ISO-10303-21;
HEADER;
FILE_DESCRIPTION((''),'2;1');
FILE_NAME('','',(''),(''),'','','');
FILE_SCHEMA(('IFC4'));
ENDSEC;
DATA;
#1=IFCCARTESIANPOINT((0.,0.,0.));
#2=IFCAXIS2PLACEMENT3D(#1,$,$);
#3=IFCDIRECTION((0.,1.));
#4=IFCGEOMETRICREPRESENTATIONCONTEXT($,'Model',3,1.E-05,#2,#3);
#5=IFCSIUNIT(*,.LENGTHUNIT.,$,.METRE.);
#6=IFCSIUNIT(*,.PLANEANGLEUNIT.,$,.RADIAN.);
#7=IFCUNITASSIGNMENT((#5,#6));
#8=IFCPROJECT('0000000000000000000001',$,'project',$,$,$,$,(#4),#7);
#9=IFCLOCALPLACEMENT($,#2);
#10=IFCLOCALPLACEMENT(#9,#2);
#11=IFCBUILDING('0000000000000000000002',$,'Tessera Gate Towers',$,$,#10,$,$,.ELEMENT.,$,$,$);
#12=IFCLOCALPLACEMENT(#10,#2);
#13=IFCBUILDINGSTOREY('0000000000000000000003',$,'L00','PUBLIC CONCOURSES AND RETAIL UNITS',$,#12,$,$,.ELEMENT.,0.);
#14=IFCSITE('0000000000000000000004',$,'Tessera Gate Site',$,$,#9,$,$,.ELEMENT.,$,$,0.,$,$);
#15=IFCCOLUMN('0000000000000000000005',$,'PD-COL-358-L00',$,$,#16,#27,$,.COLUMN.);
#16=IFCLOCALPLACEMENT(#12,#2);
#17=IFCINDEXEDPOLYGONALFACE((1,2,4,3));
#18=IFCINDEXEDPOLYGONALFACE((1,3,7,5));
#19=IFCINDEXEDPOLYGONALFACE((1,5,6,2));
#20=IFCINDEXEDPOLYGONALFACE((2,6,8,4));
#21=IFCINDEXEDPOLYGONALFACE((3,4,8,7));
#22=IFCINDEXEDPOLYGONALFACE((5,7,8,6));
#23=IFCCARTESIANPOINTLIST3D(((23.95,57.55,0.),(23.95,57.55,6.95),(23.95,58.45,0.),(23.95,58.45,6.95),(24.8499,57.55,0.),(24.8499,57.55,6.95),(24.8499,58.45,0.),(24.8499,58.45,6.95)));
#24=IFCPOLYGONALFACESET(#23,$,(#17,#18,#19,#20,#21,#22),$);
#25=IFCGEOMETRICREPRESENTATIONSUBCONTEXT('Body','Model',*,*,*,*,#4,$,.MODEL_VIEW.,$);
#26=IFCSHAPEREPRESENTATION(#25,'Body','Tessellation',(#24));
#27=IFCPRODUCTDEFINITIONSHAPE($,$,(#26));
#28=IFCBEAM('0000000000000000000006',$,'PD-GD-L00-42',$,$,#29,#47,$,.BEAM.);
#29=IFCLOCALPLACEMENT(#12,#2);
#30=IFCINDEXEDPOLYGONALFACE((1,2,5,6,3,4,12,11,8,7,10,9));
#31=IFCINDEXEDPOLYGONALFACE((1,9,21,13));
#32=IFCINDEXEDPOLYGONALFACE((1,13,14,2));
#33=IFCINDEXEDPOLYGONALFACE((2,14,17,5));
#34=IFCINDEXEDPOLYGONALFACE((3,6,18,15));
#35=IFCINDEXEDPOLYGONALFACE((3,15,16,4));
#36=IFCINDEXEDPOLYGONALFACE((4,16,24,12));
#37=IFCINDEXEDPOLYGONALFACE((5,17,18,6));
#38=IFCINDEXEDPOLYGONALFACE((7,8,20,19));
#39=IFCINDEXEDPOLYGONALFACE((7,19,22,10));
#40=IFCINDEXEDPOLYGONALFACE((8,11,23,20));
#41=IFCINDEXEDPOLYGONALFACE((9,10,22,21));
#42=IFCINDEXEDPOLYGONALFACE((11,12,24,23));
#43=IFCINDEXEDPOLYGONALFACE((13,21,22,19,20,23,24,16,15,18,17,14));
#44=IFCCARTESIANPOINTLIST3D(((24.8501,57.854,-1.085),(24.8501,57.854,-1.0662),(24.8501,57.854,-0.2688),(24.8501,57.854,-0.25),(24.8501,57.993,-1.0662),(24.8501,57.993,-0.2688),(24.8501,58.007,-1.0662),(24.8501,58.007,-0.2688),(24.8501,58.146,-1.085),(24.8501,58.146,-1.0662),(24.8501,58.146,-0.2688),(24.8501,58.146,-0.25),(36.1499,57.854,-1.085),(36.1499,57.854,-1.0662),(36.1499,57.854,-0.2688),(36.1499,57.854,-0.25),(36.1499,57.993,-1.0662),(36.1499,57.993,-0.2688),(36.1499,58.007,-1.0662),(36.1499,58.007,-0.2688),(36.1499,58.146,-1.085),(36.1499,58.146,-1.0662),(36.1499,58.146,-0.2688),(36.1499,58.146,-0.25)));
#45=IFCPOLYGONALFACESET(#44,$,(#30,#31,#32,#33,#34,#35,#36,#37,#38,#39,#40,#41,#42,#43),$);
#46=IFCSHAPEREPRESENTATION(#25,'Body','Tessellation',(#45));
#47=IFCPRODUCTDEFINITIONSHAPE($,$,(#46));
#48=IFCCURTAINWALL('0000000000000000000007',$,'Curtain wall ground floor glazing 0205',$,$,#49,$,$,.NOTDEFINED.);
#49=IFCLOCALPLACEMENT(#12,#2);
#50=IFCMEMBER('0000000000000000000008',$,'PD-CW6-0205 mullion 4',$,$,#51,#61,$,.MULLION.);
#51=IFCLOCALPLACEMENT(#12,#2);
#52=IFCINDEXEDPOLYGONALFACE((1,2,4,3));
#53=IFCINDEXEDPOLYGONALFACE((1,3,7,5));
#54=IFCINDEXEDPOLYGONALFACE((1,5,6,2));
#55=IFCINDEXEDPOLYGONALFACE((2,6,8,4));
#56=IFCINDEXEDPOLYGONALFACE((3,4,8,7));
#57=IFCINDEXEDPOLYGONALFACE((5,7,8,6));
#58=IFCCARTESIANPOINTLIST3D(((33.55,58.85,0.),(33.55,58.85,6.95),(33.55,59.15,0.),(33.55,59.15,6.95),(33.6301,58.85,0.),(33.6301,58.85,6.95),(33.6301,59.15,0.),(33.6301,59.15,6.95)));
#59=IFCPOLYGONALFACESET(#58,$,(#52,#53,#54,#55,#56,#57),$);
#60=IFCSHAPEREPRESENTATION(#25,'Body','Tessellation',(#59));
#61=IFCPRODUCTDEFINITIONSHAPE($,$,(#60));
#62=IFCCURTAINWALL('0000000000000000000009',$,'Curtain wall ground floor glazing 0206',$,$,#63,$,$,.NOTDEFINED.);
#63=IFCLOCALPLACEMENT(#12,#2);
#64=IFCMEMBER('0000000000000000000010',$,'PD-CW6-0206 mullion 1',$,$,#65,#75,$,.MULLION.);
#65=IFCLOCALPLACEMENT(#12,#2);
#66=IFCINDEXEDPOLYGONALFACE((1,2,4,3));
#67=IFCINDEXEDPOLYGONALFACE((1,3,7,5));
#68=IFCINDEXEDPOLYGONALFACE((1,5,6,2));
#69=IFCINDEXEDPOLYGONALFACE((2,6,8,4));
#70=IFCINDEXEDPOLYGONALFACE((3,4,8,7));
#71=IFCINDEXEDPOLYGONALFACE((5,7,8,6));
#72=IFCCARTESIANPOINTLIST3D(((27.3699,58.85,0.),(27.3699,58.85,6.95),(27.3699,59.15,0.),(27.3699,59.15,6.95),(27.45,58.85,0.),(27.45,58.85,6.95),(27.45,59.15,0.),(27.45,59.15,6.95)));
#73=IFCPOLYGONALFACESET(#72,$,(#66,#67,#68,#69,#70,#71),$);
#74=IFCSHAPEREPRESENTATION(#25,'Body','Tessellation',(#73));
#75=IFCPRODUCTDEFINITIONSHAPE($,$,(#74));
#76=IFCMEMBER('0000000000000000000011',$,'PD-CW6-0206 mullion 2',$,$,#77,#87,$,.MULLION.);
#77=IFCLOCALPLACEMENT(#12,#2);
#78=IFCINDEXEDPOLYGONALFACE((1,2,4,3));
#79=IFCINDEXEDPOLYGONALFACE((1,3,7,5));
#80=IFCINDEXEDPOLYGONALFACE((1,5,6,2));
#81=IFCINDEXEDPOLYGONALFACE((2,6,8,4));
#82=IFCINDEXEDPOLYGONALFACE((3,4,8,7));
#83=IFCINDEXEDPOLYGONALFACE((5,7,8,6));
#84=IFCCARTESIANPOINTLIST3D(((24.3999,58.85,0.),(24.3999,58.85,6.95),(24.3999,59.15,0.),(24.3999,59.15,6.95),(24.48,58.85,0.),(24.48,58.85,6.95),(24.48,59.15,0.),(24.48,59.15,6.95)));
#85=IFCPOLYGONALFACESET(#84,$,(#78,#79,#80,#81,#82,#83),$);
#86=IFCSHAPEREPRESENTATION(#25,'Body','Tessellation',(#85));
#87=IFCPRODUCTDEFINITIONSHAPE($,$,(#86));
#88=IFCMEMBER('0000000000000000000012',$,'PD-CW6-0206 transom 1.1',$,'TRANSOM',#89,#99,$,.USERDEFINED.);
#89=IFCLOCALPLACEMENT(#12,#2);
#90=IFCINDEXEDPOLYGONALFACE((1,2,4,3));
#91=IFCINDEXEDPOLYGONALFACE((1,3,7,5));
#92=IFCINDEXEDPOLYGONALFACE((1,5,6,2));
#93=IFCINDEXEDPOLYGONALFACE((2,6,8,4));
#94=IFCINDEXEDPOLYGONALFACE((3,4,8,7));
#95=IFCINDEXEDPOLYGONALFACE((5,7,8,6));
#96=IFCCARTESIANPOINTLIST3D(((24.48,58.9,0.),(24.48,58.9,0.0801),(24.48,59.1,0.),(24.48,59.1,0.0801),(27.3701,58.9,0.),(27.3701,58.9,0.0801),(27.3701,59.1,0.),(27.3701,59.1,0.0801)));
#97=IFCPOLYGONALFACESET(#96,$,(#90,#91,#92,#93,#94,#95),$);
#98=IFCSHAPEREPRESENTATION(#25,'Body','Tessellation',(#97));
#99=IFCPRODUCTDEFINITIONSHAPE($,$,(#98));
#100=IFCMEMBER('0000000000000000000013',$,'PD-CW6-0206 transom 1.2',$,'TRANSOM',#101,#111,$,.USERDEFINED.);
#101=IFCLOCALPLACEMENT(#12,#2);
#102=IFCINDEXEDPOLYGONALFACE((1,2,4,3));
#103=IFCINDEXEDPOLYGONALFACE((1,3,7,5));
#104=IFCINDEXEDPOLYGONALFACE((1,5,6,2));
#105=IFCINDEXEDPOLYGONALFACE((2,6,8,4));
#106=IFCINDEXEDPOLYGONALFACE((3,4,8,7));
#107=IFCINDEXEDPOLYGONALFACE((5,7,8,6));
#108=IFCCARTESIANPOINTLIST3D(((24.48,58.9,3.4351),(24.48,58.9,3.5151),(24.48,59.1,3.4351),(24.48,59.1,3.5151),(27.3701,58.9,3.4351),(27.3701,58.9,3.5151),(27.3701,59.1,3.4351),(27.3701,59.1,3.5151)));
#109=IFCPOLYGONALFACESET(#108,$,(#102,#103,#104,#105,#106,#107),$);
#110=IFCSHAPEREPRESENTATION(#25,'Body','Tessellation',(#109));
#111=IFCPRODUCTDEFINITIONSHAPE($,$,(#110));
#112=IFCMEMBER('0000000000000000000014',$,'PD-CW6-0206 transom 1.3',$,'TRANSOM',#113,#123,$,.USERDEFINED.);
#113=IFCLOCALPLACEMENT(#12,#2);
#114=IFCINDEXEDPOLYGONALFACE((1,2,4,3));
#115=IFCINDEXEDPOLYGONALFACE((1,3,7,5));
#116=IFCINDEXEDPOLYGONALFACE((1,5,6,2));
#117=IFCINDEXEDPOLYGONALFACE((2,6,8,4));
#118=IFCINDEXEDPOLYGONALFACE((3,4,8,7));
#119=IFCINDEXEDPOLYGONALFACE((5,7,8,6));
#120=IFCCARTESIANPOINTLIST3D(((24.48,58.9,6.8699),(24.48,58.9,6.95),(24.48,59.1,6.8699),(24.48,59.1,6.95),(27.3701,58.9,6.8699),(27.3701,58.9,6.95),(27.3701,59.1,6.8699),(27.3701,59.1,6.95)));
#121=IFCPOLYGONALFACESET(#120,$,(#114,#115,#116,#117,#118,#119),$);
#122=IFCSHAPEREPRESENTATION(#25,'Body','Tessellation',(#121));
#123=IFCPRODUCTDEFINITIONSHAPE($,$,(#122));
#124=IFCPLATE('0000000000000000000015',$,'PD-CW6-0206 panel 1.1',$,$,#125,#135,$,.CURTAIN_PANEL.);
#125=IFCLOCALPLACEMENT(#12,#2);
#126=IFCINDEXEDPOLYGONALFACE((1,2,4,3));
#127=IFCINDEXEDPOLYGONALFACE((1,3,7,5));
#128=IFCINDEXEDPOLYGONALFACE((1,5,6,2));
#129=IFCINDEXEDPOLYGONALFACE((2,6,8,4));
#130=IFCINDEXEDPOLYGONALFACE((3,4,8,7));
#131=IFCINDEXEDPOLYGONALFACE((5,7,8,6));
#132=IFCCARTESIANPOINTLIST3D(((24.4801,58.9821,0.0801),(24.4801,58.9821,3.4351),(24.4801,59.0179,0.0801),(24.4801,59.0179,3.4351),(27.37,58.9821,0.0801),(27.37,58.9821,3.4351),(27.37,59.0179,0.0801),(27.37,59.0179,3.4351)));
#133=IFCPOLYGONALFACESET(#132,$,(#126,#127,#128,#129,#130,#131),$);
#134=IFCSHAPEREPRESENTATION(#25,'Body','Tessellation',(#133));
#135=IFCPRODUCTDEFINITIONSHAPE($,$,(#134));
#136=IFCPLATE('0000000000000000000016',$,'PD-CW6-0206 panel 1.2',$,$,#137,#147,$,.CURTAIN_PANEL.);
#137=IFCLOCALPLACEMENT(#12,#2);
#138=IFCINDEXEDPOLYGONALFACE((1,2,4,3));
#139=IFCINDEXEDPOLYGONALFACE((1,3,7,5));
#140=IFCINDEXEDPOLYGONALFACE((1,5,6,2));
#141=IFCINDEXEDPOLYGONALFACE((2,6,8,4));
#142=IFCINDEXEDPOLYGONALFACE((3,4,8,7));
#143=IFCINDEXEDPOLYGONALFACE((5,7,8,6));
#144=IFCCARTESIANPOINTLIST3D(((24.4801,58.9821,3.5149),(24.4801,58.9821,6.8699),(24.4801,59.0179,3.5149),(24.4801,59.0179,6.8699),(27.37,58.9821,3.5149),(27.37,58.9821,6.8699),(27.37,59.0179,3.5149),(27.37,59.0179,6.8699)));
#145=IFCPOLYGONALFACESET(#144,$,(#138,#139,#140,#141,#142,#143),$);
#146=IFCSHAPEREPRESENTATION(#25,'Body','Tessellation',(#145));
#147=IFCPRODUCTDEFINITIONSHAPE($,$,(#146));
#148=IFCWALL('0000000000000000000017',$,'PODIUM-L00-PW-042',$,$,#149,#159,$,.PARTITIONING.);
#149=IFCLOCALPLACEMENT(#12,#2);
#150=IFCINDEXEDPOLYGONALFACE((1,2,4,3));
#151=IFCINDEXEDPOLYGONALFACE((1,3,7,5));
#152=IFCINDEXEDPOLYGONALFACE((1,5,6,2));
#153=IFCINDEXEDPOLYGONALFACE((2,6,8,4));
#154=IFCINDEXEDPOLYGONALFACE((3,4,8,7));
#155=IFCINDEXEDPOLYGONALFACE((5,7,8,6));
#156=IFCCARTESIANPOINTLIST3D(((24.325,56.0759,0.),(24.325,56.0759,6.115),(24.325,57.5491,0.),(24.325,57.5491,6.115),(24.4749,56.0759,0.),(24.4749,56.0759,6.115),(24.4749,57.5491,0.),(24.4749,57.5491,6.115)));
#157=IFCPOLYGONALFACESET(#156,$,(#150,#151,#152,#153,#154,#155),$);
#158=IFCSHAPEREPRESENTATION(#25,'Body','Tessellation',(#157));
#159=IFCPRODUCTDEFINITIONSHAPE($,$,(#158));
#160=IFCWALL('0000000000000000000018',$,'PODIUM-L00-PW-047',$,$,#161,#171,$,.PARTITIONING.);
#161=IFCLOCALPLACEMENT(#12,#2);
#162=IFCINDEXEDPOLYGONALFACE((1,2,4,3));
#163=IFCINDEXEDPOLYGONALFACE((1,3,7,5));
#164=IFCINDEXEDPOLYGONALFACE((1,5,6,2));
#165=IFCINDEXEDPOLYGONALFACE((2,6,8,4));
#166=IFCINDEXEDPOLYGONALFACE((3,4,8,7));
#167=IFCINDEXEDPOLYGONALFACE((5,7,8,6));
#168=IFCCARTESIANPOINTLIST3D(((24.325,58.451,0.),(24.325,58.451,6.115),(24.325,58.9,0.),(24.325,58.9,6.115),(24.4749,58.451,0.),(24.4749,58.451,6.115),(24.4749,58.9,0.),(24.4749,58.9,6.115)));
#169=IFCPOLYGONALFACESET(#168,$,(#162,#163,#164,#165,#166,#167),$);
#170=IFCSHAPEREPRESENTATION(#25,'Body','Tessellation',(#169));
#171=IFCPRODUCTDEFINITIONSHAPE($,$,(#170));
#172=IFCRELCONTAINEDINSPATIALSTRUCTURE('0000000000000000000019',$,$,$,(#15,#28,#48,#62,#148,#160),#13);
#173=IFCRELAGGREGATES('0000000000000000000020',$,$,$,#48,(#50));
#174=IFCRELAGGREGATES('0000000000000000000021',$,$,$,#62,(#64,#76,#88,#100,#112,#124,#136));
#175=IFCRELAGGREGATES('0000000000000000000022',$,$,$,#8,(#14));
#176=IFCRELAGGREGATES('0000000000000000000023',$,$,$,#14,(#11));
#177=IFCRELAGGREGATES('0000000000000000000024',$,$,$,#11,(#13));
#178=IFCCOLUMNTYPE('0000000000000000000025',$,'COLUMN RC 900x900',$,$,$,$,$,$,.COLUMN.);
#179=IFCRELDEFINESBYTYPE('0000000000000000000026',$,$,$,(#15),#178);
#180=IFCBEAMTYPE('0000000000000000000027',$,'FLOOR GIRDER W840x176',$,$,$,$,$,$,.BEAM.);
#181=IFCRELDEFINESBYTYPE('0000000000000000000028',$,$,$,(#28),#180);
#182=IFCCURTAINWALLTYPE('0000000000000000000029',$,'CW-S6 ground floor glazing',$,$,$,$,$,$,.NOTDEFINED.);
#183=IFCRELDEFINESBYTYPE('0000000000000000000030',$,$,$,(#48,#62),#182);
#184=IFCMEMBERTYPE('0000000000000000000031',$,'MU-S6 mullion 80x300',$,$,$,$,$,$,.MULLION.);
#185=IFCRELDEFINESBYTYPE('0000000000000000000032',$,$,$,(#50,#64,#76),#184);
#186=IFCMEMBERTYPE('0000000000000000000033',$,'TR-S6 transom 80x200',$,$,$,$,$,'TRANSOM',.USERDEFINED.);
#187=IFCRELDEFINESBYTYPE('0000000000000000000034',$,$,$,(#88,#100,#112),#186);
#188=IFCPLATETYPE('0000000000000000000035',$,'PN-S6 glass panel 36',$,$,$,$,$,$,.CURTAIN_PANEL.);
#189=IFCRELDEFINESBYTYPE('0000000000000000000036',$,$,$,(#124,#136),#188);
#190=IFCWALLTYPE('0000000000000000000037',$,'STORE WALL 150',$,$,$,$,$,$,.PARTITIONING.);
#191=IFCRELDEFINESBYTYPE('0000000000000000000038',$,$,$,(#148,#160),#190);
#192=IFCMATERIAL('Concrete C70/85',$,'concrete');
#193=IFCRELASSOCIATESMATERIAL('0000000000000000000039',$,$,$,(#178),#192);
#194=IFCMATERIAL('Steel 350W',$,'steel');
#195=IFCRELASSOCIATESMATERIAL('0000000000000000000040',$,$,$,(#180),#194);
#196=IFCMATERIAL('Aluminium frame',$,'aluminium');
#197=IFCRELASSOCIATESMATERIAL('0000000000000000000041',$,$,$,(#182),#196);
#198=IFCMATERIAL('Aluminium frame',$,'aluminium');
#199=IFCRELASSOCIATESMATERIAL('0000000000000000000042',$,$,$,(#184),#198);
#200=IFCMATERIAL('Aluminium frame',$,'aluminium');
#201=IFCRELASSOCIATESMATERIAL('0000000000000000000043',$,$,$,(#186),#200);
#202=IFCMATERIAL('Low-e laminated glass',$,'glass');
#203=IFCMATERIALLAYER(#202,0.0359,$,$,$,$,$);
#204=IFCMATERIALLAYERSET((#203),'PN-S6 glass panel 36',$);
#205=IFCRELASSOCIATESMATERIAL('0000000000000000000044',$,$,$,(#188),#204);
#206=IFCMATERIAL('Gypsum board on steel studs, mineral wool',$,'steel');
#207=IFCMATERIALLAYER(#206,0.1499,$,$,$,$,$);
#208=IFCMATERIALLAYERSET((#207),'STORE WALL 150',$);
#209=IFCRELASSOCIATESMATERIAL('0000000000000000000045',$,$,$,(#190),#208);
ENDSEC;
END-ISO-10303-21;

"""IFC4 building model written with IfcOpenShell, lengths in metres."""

from ifc_helpers import new_model, si_unit, direction, frame, frame_2d, origin, origin_2d, place, context, subcontext, project, spatial, rectangle, i_section, extrude, material, layer, layer_set, material_profile, profile_set, type_object, element, aggregate, save


model = new_model("IFC4")

# Units and contexts
model_context = context("Model", 3, precision=1e-05, world=origin(), true_north=direction((0.0, 1.0)))
body_context = subcontext(model_context, "Body", "Model", "MODEL_VIEW")
ifc_project = project(units=[si_unit("LENGTHUNIT", "METRE"), si_unit("PLANEANGLEUNIT", "RADIAN")], contexts=[model_context])

# Site, building, storey
site_placement = place(None, origin())
site = spatial("IfcSite", under=ifc_project, at=site_placement, Name="Tessera Gate Site", CompositionType="ELEMENT", RefElevation=0.0)
building_placement = place(site_placement, origin())
building = spatial("IfcBuilding", under=site, at=building_placement, Name="Tessera Gate Towers", CompositionType="ELEMENT")
storey_placement = place(building_placement, origin())
storey = spatial("IfcBuildingStorey", under=building, at=storey_placement, Name="L00", Description="PUBLIC CONCOURSES AND RETAIL UNITS", CompositionType="ELEMENT", Elevation=0.0)

# Column
ifc_material_1 = material(Name="Concrete C70/85", Category="concrete")
ifc_material_profile_1 = material_profile(ifc_material_1, rectangle(XDim=0.8999, YDim=0.8999, at=origin_2d()), Name="RC 900x900")
ifc_profile_set_1 = profile_set([ifc_material_profile_1], Name="Concrete C70/85")
column_type = type_object("IfcColumnType", Name="COLUMN RC 900x900", PredefinedType="COLUMN", material=ifc_profile_set_1)
column_placement = place(storey_placement, frame((24.3999, 58.0, 0.0), z_axis=(0.0, 0.0, 1.0), x_axis=(1.0, 0.0, 0.0)))
element("IfcColumn", 1, at=column_placement, inside=storey, type_object=column_type, Name="PD-COL-358-L00", PredefinedType="COLUMN", context=body_context, shape_type="SweptSolid", body=[
    extrude(rectangle(XDim=0.8999, YDim=0.8999, at=origin_2d()), origin(), (0.0, 0.0, 1.0), 6.95),
])

# Beam
ifc_material_2 = material(Name="Steel 350W", Category="steel")
ifc_material_profile_2 = material_profile(ifc_material_2, i_section(OverallWidth=0.292, OverallDepth=0.835, WebThickness=0.0139, FlangeThickness=0.0188, at=origin_2d()), Name="W840x176")
ifc_profile_set_2 = profile_set([ifc_material_profile_2], Name="Steel 350W")
beam_type = type_object("IfcBeamType", Name="FLOOR GIRDER W840x176", PredefinedType="BEAM", material=ifc_profile_set_2)
beam_placement = place(storey_placement, frame((24.8501, 58.0, -0.6675), z_axis=(1.0, 0.0, 0.0), x_axis=(0.0, 1.0, 0.0)))
element("IfcBeam", 2, at=beam_placement, inside=storey, type_object=beam_type, Name="PD-GD-L00-42", PredefinedType="BEAM", context=body_context, shape_type="SweptSolid", body=[
    extrude(i_section(OverallWidth=0.292, OverallDepth=0.835, WebThickness=0.0139, FlangeThickness=0.0188, at=origin_2d()), origin(), (0.0, 0.0, 1.0), 11.2998),
])

# Curtain wall, member
ifc_material_3 = material(Name="Aluminium frame", Category="aluminium")
curtain_wall_type = type_object("IfcCurtainWallType", Name="CW-S6 ground floor glazing", PredefinedType="NOTDEFINED", material=ifc_material_3)
curtain_wall_1_placement = place(storey_placement, origin())
curtain_wall_1 = element("IfcCurtainWall", 3, at=curtain_wall_1_placement, inside=storey, type_object=curtain_wall_type, Name="Curtain wall ground floor glazing 0205", PredefinedType="NOTDEFINED")
ifc_material_4 = material(Name="Aluminium frame", Category="aluminium")
ifc_material_profile_3 = material_profile(ifc_material_4, rectangle(XDim=0.0801, YDim=0.3, at=origin_2d()), Name="AL 80x300")
ifc_profile_set_3 = profile_set([ifc_material_profile_3], Name="Aluminium frame")
member_type_1 = type_object("IfcMemberType", Name="MU-S6 mullion 80x300", PredefinedType="MULLION", material=ifc_profile_set_3)
member_1_placement = place(storey_placement, frame((33.5901, 59.0, 0.0), z_axis=(0.0, 0.0, 1.0), x_axis=(-1.0, 0.0, 0.0)))
member_1 = element("IfcMember", 4, at=member_1_placement, type_object=member_type_1, Name="PD-CW6-0205 mullion 4", PredefinedType="MULLION", context=body_context, shape_type="SweptSolid", body=[
    extrude(rectangle(XDim=0.0801, YDim=0.3, at=origin_2d()), origin(), (0.0, 0.0, 1.0), 6.95),
])
aggregate(curtain_wall_1, [member_1])

# Curtain wall, members, plates
curtain_wall_2_placement = place(storey_placement, origin())
curtain_wall_2 = element("IfcCurtainWall", 5, at=curtain_wall_2_placement, inside=storey, type_object=curtain_wall_type, Name="Curtain wall ground floor glazing 0206", PredefinedType="NOTDEFINED")
member_2_placement = place(storey_placement, frame((27.4099, 59.0, 0.0), z_axis=(0.0, 0.0, 1.0), x_axis=(-1.0, 0.0, 0.0)))
member_2 = element("IfcMember", 6, at=member_2_placement, type_object=member_type_1, Name="PD-CW6-0206 mullion 1", PredefinedType="MULLION", context=body_context, shape_type="SweptSolid", body=[
    extrude(rectangle(XDim=0.0801, YDim=0.3, at=origin_2d()), origin(), (0.0, 0.0, 1.0), 6.95),
])
member_3_placement = place(storey_placement, frame((24.4399, 59.0, 0.0), z_axis=(0.0, 0.0, 1.0), x_axis=(-1.0, 0.0, 0.0)))
member_3 = element("IfcMember", 7, at=member_3_placement, type_object=member_type_1, Name="PD-CW6-0206 mullion 2", PredefinedType="MULLION", context=body_context, shape_type="SweptSolid", body=[
    extrude(rectangle(XDim=0.0801, YDim=0.3, at=origin_2d()), origin(), (0.0, 0.0, 1.0), 6.95),
])
ifc_material_5 = material(Name="Aluminium frame", Category="aluminium")
ifc_material_profile_4 = material_profile(ifc_material_5, rectangle(XDim=0.2, YDim=0.0801, at=origin_2d()), Name="AL 80x200")
ifc_profile_set_4 = profile_set([ifc_material_profile_4], Name="Aluminium frame")
member_type_2 = type_object("IfcMemberType", Name="TR-S6 transom 80x200", ElementType="TRANSOM", PredefinedType="USERDEFINED", material=ifc_profile_set_4)
member_4_placement = place(storey_placement, frame((27.3701, 59.0, 0.04), z_axis=(-1.0, 0.0, 0.0), x_axis=(0.0, -1.0, 0.0)))
member_4 = element("IfcMember", 8, at=member_4_placement, type_object=member_type_2, Name="PD-CW6-0206 transom 1.1", ObjectType="TRANSOM", PredefinedType="USERDEFINED", context=body_context, shape_type="SweptSolid", body=[
    extrude(rectangle(XDim=0.2, YDim=0.0801, at=origin_2d()), origin(), (0.0, 0.0, 1.0), 2.8901),
])
member_5_placement = place(storey_placement, frame((27.3701, 59.0, 3.4751), z_axis=(-1.0, 0.0, 0.0), x_axis=(0.0, -1.0, 0.0)))
member_5 = element("IfcMember", 9, at=member_5_placement, type_object=member_type_2, Name="PD-CW6-0206 transom 1.2", ObjectType="TRANSOM", PredefinedType="USERDEFINED", context=body_context, shape_type="SweptSolid", body=[
    extrude(rectangle(XDim=0.2, YDim=0.0801, at=origin_2d()), origin(), (0.0, 0.0, 1.0), 2.8901),
])
member_6_placement = place(storey_placement, frame((27.3701, 59.0, 6.9099), z_axis=(-1.0, 0.0, 0.0), x_axis=(0.0, -1.0, 0.0)))
member_6 = element("IfcMember", 10, at=member_6_placement, type_object=member_type_2, Name="PD-CW6-0206 transom 1.3", ObjectType="TRANSOM", PredefinedType="USERDEFINED", context=body_context, shape_type="SweptSolid", body=[
    extrude(rectangle(XDim=0.2, YDim=0.0801, at=origin_2d()), origin(), (0.0, 0.0, 1.0), 2.8901),
])
ifc_material_6 = material(Name="Low-e laminated glass", Category="glass")
ifc_layer_1 = layer(ifc_material_6, 0.0359)
ifc_layer_set_1 = layer_set([ifc_layer_1], Name="PN-S6 glass panel 36")
plate_type_1 = type_object("IfcPlateType", Name="PN-S6 glass panel 36", PredefinedType="CURTAIN_PANEL", material=ifc_layer_set_1)
plate_1_placement = place(storey_placement, frame((25.925, 59.0, 0.0801), z_axis=(0.0, 0.0, 1.0), x_axis=(-1.0, 0.0, 0.0)))
plate_1 = element("IfcPlate", 11, at=plate_1_placement, type_object=plate_type_1, Name="PD-CW6-0206 panel 1.1", PredefinedType="CURTAIN_PANEL", context=body_context, shape_type="SweptSolid", body=[
    extrude(rectangle(XDim=2.8899, YDim=0.0359, at=origin_2d()), origin(), (0.0, 0.0, 1.0), 3.355),
])
plate_2_placement = place(storey_placement, frame((25.925, 59.0, 3.5149), z_axis=(0.0, 0.0, 1.0), x_axis=(-1.0, 0.0, 0.0)))
plate_2 = element("IfcPlate", 12, at=plate_2_placement, type_object=plate_type_1, Name="PD-CW6-0206 panel 1.2", PredefinedType="CURTAIN_PANEL", context=body_context, shape_type="SweptSolid", body=[
    extrude(rectangle(XDim=2.8899, YDim=0.0359, at=origin_2d()), origin(), (0.0, 0.0, 1.0), 3.355),
])
aggregate(curtain_wall_2, [member_2, member_3, member_4, member_5, member_6, plate_1, plate_2])

# Walls
ifc_material_7 = material(Name="Gypsum board on steel studs, mineral wool", Category="steel")
ifc_layer_2 = layer(ifc_material_7, 0.1499)
ifc_layer_set_2 = layer_set([ifc_layer_2], Name="STORE WALL 150")
wall_type_1 = type_object("IfcWallType", Name="STORE WALL 150", PredefinedType="PARTITIONING", material=ifc_layer_set_2)
wall_1_placement = place(storey_placement, frame((24.3999, 56.0759, 0.0), z_axis=(0.0, 0.0, 1.0), x_axis=(0.0, 1.0, 0.0)))
element("IfcWall", 13, at=wall_1_placement, inside=storey, type_object=wall_type_1, Name="PODIUM-L00-PW-042", PredefinedType="PARTITIONING", context=body_context, shape_type="SweptSolid", body=[
    extrude(rectangle(XDim=1.4731, YDim=0.1499, at=frame_2d((0.7366, 0.0))), origin(), (0.0, 0.0, 1.0), 6.115),
])
wall_2_placement = place(storey_placement, frame((24.3999, 58.4509, 0.0), z_axis=(0.0, 0.0, 1.0), x_axis=(0.0, 1.0, 0.0)))
element("IfcWall", 14, at=wall_2_placement, inside=storey, type_object=wall_type_1, Name="PODIUM-L00-PW-047", PredefinedType="PARTITIONING", context=body_context, shape_type="SweptSolid", body=[
    extrude(rectangle(XDim=0.449, YDim=0.1499, at=frame_2d((0.2246, 0.0))), origin(), (0.0, 0.0, 1.0), 6.115),
])

save(model, "model.ifc")
